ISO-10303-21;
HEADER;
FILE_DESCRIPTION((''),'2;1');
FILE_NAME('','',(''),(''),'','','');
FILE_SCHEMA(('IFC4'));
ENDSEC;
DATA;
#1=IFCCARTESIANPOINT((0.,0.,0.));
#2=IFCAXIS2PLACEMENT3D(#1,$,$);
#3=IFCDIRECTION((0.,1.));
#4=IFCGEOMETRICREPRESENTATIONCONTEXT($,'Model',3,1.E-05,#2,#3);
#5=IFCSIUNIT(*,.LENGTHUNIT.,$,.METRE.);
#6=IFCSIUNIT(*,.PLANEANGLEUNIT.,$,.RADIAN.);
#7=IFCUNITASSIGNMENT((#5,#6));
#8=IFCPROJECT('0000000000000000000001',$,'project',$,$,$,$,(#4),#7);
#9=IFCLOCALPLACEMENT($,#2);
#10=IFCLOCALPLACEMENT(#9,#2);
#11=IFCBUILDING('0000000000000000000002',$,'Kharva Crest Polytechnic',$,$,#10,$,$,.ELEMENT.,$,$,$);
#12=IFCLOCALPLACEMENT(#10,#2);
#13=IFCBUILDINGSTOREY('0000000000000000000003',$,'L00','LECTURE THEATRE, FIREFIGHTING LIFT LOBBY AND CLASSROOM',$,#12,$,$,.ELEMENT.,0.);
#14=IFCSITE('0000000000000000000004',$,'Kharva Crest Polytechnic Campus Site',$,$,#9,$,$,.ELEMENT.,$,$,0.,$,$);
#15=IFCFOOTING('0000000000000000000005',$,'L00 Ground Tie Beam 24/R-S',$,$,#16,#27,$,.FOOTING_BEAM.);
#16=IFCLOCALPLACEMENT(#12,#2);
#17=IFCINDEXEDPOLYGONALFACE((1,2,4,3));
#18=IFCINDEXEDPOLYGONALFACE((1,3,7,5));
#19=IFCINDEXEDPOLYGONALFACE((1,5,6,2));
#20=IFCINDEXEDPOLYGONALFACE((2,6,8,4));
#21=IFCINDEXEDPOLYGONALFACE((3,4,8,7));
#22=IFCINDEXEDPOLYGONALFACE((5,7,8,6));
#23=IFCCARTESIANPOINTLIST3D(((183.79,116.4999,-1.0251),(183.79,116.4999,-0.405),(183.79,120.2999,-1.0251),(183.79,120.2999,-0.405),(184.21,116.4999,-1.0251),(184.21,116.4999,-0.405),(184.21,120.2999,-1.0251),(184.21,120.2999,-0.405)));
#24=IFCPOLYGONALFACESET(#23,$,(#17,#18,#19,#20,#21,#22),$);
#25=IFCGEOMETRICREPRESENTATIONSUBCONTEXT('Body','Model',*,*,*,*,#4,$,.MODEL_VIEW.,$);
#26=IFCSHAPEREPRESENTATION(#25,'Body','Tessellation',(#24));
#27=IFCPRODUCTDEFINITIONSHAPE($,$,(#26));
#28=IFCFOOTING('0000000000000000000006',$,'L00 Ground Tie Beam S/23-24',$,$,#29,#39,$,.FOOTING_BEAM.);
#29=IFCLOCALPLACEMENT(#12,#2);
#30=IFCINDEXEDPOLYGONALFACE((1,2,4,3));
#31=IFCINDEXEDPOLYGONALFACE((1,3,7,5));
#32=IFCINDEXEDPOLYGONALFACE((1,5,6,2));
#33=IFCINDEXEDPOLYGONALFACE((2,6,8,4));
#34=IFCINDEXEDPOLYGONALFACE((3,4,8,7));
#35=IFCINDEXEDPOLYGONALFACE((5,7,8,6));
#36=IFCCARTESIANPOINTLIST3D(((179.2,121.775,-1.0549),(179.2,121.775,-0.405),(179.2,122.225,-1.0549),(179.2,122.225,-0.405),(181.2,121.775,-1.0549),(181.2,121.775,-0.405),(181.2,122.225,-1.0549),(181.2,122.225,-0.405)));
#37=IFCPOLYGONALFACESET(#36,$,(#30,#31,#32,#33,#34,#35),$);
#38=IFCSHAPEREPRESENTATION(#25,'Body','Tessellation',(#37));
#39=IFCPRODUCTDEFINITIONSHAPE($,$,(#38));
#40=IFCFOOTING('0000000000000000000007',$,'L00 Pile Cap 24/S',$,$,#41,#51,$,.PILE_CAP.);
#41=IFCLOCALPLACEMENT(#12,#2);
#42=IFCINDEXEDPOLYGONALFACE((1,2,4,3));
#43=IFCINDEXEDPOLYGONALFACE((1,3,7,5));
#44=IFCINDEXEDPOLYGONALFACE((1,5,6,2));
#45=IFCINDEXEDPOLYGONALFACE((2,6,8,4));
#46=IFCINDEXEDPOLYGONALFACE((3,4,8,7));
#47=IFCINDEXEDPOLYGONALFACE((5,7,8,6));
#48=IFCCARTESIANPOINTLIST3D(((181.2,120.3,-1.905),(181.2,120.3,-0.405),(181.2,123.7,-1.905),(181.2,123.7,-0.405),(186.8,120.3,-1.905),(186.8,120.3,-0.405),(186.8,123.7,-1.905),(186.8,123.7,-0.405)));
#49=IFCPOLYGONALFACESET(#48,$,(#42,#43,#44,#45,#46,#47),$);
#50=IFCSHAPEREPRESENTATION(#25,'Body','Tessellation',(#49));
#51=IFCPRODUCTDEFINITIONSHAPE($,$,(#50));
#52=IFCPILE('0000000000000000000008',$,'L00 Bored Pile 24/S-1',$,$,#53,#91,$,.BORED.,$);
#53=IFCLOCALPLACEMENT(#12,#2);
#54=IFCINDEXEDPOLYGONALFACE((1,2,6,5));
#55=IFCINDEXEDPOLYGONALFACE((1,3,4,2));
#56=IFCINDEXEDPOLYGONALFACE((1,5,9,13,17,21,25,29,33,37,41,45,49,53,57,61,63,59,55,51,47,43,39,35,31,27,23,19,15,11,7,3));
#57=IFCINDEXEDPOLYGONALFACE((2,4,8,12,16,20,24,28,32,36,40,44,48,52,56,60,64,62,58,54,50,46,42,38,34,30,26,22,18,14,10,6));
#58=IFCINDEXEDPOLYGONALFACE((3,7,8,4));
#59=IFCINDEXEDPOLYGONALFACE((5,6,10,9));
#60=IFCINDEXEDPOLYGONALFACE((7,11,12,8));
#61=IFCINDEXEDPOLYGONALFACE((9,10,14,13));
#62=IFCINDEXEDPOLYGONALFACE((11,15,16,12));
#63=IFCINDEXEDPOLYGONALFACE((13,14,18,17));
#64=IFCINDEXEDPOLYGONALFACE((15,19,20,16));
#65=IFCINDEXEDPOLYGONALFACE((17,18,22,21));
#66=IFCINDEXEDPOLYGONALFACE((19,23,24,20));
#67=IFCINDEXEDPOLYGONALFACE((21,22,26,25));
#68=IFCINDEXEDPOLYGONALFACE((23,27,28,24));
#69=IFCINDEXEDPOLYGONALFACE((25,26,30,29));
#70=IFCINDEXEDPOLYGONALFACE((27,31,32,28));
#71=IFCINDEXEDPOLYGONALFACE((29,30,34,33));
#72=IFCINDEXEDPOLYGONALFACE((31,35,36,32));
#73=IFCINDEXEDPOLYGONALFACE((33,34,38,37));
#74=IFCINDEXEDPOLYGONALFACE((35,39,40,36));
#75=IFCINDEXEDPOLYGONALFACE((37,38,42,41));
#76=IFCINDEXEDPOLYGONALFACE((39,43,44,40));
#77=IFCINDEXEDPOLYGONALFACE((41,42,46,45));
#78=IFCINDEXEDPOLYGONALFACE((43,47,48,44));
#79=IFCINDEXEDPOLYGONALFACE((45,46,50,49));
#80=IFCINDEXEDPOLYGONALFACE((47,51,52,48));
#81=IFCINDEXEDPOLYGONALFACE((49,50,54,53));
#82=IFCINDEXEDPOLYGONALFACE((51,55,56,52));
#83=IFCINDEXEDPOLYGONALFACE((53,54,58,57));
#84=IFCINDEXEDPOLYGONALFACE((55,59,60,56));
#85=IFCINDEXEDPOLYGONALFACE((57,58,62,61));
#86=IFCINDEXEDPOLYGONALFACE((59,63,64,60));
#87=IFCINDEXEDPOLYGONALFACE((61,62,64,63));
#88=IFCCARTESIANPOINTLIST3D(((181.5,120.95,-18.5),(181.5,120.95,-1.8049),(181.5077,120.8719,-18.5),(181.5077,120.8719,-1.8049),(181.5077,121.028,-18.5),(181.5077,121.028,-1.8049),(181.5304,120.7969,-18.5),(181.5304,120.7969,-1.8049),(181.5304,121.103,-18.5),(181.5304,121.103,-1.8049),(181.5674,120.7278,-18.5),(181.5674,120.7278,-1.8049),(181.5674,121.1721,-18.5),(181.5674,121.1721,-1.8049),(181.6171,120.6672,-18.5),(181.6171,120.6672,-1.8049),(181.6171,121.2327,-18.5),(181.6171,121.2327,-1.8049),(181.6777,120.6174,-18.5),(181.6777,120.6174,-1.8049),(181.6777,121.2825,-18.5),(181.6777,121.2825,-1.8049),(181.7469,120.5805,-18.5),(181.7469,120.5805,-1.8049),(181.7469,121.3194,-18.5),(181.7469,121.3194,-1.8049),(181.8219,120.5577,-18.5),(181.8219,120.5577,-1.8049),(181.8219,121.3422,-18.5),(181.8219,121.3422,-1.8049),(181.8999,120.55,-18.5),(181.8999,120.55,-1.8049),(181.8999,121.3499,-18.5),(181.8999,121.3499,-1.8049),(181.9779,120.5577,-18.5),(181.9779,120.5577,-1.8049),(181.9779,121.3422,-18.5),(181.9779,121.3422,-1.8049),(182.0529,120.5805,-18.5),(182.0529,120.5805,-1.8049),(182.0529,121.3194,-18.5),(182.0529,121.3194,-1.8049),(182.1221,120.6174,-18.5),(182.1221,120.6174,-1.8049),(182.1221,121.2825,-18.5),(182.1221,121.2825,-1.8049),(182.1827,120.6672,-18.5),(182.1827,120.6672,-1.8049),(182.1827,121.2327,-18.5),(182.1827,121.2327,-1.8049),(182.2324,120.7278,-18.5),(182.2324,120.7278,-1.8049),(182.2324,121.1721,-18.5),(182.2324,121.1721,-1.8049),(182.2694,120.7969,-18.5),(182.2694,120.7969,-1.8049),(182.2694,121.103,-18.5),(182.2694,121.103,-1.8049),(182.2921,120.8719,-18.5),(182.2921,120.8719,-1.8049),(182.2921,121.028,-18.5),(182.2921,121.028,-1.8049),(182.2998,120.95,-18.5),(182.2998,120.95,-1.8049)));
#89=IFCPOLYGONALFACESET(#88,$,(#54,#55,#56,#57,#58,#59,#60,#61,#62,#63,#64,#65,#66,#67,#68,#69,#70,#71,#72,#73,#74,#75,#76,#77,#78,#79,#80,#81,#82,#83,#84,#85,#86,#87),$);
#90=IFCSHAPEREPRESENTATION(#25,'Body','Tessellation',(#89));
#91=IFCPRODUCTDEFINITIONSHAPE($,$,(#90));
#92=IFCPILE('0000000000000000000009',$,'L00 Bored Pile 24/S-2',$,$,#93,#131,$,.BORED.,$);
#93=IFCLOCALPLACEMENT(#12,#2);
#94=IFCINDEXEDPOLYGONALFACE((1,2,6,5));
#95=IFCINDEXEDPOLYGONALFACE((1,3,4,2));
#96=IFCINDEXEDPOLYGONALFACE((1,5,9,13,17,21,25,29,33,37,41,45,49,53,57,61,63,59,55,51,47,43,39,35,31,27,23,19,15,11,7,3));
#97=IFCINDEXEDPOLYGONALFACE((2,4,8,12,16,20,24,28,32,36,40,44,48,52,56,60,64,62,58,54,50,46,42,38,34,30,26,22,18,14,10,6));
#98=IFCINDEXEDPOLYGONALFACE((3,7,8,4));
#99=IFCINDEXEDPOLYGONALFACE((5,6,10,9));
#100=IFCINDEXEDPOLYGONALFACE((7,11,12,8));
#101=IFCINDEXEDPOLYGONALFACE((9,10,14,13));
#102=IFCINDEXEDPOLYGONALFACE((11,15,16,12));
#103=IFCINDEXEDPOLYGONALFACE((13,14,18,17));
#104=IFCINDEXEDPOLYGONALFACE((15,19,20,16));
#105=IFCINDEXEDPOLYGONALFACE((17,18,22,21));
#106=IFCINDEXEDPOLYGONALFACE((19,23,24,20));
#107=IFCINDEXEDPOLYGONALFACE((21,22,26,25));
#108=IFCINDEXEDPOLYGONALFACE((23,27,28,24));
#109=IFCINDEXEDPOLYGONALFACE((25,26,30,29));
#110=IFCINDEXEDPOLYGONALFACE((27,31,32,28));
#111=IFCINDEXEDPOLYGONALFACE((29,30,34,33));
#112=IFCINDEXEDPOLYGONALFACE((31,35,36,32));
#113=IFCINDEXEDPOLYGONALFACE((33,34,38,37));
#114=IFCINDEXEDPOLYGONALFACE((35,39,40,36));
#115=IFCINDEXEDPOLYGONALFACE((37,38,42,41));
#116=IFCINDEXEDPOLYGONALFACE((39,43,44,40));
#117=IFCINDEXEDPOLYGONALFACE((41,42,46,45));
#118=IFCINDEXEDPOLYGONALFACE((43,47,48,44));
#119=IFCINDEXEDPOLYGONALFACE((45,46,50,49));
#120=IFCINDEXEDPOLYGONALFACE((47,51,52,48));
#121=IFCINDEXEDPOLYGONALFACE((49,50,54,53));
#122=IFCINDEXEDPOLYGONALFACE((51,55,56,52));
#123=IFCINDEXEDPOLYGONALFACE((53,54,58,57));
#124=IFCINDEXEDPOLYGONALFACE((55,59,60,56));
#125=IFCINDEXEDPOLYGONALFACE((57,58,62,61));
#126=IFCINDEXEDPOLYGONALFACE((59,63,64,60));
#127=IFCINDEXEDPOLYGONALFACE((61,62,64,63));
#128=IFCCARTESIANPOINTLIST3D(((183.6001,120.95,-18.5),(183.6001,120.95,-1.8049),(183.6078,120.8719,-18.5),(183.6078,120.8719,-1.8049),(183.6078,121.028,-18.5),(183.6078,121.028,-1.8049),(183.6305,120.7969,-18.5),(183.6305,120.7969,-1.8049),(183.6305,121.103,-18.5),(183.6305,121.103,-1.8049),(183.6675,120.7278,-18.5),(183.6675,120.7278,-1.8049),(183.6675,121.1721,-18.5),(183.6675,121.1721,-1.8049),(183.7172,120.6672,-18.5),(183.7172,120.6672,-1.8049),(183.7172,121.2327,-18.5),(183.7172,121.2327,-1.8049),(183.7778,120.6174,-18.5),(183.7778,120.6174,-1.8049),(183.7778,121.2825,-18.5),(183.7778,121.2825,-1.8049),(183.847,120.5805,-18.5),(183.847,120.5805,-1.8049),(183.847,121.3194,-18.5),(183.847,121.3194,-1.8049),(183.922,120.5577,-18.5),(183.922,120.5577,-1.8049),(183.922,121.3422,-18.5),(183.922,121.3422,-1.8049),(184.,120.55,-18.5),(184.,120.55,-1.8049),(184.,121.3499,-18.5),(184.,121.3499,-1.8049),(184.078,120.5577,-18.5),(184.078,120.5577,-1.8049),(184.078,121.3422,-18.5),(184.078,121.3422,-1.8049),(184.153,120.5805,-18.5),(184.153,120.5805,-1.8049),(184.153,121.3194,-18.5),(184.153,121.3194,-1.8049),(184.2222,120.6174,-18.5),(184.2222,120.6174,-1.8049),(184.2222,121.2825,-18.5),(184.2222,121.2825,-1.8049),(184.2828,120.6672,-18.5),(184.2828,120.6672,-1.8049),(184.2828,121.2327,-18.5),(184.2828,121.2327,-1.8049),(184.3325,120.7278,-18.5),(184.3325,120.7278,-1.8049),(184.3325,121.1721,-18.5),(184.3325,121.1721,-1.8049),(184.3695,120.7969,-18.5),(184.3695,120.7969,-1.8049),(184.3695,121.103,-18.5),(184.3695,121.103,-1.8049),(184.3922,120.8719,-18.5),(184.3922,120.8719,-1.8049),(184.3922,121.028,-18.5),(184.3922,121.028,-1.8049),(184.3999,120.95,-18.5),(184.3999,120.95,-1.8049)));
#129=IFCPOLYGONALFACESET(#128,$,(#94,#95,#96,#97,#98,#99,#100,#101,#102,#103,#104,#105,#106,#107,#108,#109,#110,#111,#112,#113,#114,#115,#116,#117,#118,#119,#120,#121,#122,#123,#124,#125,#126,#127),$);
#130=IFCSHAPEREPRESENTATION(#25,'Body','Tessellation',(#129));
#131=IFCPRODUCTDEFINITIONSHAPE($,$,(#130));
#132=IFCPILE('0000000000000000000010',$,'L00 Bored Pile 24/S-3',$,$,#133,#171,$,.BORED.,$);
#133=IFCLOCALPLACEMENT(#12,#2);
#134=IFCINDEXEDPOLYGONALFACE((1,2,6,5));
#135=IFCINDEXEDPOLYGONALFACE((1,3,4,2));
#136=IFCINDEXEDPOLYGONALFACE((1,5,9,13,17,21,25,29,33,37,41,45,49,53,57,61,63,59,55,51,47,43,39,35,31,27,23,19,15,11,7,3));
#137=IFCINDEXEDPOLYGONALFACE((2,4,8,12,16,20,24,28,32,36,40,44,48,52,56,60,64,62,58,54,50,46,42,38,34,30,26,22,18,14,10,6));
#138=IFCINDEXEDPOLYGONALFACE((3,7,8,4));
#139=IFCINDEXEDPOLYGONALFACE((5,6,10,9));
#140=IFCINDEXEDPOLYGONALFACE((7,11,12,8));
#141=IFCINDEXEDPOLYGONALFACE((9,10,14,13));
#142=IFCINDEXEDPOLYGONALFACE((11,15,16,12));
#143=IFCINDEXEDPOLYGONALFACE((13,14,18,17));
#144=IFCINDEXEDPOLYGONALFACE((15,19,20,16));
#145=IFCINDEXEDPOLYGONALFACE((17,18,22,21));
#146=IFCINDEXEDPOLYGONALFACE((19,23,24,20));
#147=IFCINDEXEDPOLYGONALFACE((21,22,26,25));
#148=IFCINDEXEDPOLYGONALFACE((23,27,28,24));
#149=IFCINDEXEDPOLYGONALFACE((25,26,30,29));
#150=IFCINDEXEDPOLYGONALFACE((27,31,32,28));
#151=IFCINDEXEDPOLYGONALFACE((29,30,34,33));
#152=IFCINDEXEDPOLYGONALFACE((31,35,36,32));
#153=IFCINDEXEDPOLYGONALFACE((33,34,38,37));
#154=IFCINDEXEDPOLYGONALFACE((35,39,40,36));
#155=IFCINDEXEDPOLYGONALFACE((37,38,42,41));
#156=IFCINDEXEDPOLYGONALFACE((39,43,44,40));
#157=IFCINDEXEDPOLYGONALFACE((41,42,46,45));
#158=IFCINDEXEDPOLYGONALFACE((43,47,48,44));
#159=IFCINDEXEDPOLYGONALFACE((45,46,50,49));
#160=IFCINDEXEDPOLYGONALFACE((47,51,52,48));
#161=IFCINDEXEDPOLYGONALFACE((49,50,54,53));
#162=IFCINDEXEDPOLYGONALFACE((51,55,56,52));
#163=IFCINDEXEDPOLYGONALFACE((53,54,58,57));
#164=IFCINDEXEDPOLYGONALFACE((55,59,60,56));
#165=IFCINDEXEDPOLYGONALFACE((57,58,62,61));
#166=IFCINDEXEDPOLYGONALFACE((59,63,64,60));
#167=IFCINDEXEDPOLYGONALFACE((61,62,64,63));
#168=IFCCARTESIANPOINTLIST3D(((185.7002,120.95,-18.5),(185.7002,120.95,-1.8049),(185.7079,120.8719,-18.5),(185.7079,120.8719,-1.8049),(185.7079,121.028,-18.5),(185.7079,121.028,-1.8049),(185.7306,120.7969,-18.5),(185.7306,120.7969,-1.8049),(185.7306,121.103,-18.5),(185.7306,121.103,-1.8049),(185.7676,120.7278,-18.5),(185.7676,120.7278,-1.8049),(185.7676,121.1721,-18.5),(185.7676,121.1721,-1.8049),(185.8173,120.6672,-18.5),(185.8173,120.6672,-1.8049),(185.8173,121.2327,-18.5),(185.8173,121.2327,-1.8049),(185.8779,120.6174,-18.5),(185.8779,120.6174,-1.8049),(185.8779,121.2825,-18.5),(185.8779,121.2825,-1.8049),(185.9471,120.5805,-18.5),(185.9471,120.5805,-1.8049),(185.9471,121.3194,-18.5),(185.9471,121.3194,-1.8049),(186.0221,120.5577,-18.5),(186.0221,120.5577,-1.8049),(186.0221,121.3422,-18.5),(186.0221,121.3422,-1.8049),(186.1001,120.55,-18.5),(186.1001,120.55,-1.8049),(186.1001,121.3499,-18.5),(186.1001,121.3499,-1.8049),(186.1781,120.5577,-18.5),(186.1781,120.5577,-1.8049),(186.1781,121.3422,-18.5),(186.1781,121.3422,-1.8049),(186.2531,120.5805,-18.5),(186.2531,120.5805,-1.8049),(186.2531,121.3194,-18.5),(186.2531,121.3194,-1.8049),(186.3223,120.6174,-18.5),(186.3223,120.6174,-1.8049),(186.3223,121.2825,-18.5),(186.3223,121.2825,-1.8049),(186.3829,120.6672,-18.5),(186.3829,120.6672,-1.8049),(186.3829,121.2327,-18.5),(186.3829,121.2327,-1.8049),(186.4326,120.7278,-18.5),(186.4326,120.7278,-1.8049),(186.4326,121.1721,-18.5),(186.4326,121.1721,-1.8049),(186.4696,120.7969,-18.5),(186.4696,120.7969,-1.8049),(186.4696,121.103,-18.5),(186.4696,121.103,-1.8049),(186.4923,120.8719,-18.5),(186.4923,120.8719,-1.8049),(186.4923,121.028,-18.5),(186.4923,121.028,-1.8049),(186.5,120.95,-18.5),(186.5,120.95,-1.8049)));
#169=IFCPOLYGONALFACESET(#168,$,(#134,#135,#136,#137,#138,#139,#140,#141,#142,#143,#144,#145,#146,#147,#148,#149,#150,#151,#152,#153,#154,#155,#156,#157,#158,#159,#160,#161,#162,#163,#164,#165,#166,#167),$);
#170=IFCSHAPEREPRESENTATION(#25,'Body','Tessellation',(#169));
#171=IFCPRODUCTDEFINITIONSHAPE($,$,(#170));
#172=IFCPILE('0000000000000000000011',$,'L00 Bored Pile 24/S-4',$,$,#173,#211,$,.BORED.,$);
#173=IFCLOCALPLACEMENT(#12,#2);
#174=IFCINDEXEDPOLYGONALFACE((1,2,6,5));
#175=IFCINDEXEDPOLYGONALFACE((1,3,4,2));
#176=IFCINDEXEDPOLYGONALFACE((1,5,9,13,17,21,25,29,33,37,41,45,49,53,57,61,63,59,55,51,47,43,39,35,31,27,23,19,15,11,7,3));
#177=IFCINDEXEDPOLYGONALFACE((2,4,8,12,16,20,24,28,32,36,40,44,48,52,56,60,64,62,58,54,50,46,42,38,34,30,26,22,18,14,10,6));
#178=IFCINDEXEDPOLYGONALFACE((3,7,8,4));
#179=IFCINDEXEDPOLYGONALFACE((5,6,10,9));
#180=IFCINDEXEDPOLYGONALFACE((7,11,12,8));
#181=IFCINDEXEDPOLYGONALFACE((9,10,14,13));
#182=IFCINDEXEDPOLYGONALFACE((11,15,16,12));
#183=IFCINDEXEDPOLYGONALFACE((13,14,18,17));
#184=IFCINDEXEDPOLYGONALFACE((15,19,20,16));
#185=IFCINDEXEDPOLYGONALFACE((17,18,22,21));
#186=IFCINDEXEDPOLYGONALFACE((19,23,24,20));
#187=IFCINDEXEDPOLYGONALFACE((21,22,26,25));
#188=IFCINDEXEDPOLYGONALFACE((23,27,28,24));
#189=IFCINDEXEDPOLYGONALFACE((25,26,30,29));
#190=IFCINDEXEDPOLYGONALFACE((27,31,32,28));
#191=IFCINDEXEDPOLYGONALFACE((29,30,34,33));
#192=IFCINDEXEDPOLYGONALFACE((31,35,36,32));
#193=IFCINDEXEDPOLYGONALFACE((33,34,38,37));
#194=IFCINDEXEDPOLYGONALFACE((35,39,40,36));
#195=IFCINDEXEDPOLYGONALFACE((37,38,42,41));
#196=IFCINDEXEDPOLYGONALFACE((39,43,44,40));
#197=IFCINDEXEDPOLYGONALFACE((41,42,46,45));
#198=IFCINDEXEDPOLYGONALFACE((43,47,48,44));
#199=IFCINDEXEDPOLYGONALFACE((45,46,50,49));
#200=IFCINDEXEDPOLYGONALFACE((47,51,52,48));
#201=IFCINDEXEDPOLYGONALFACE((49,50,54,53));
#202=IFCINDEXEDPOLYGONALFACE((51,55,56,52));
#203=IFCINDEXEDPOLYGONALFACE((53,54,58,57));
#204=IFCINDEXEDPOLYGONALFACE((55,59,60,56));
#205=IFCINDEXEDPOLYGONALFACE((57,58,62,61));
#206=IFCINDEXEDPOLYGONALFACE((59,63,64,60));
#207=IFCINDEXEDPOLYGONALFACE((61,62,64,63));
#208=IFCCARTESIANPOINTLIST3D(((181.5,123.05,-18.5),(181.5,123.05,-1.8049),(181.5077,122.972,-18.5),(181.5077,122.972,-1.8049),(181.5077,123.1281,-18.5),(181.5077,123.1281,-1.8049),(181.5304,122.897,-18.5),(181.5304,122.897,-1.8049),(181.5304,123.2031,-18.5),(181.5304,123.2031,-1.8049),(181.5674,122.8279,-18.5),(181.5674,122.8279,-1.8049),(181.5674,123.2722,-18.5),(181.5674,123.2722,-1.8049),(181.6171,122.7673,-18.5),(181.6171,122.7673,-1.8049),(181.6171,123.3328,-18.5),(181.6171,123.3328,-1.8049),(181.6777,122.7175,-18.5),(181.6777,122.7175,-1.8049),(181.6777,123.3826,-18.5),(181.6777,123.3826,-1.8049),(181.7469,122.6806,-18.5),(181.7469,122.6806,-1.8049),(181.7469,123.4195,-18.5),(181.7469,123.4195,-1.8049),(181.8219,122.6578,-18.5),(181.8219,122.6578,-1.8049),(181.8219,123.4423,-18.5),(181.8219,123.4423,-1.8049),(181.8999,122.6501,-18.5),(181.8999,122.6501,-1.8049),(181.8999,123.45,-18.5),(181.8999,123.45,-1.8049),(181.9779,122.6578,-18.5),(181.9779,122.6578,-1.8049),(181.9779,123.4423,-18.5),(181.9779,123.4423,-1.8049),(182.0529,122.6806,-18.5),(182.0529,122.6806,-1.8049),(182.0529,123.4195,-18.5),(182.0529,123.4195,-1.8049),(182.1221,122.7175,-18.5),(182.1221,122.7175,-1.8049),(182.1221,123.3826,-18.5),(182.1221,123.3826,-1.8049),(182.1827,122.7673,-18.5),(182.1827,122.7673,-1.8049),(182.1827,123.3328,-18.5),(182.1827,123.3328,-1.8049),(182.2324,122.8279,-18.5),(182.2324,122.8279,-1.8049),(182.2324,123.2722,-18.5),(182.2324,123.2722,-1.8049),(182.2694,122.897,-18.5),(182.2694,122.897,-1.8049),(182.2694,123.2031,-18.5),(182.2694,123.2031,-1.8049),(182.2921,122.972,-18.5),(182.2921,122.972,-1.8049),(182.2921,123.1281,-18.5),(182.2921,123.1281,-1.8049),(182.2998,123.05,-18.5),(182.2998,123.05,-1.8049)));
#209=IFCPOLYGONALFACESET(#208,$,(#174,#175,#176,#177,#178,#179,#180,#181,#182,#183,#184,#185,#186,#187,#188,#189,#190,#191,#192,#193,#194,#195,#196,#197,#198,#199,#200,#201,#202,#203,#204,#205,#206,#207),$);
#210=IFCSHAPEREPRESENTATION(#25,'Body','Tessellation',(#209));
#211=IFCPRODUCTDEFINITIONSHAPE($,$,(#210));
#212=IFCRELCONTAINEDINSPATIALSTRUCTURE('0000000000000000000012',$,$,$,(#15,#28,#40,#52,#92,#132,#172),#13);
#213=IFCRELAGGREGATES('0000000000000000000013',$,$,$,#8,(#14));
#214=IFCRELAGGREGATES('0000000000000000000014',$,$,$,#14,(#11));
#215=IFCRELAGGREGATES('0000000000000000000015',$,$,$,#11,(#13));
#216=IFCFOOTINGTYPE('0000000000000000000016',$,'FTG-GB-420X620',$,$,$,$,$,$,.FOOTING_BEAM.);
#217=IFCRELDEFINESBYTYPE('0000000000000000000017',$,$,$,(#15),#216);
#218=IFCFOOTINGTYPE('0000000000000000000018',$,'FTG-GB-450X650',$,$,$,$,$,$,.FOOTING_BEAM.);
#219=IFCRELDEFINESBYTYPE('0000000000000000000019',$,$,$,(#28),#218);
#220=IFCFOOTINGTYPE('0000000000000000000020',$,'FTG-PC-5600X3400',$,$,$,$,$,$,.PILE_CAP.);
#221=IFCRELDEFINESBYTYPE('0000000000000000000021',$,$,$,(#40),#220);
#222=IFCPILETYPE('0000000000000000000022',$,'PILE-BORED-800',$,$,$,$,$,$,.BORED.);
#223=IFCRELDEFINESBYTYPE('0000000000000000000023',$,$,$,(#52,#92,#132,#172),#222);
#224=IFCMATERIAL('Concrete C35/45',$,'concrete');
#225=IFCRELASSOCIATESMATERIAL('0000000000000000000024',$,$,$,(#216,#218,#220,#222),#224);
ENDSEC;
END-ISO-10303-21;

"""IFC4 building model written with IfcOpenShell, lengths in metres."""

from ifc_helpers import new_model, si_unit, direction, frame, origin, origin_2d, place, context, subcontext, project, spatial, rectangle, circle, extrude, material, material_profile, profile_set, type_object, element, save


model = new_model("IFC4")

# Units and contexts
model_context = context("Model", 3, precision=1e-05, world=origin(), true_north=direction((0.0, 1.0)))
body_context = subcontext(model_context, "Body", "Model", "MODEL_VIEW")
ifc_project = project(units=[si_unit("LENGTHUNIT", "METRE"), si_unit("PLANEANGLEUNIT", "RADIAN")], contexts=[model_context])

# Site, building, storey
site_placement = place(None, origin())
site = spatial("IfcSite", under=ifc_project, at=site_placement, Name="Kharva Crest Polytechnic Campus Site", CompositionType="ELEMENT", RefElevation=0.0)
building_placement = place(site_placement, origin())
building = spatial("IfcBuilding", under=site, at=building_placement, Name="Kharva Crest Polytechnic", CompositionType="ELEMENT")
storey_placement = place(building_placement, origin())
storey = spatial("IfcBuildingStorey", under=building, at=storey_placement, Name="L00", Description="LECTURE THEATRE, FIREFIGHTING LIFT LOBBY AND CLASSROOM", CompositionType="ELEMENT", Elevation=0.0)

# Footings
ifc_material_1 = material(Name="Concrete C35/45", Category="concrete")
footing_type_1 = type_object("IfcFootingType", Name="FTG-GB-420X620", PredefinedType="FOOTING_BEAM", material=ifc_material_1)
footing_1_placement = place(storey_placement, frame((184.0, 118.3999, -1.0251), z_axis=(0.0, 0.0, 1.0), x_axis=(0.0, 1.0, 0.0)))
element("IfcFooting", 1, at=footing_1_placement, inside=storey, type_object=footing_type_1, Name="L00 Ground Tie Beam 24/R-S", PredefinedType="FOOTING_BEAM", context=body_context, shape_type="SweptSolid", body=[
    extrude(rectangle(XDim=3.8, YDim=0.4199, at=origin_2d()), origin(), (0.0, 0.0, 1.0), 0.6201),
])
footing_type_2 = type_object("IfcFootingType", Name="FTG-GB-450X650", PredefinedType="FOOTING_BEAM", material=ifc_material_1)
footing_2_placement = place(storey_placement, frame((180.2, 122.0, -1.0549), z_axis=(0.0, 0.0, 1.0), x_axis=(1.0, 0.0, 0.0)))
element("IfcFooting", 2, at=footing_2_placement, inside=storey, type_object=footing_type_2, Name="L00 Ground Tie Beam S/23-24", PredefinedType="FOOTING_BEAM", context=body_context, shape_type="SweptSolid", body=[
    extrude(rectangle(XDim=2.0, YDim=0.45, at=origin_2d()), origin(), (0.0, 0.0, 1.0), 0.6499),
])
footing_type_3 = type_object("IfcFootingType", Name="FTG-PC-5600X3400", PredefinedType="PILE_CAP", material=ifc_material_1)
footing_3_placement = place(storey_placement, frame((184.0, 122.0, -1.905), z_axis=(0.0, 0.0, 1.0), x_axis=(1.0, 0.0, 0.0)))
element("IfcFooting", 3, at=footing_3_placement, inside=storey, type_object=footing_type_3, Name="L00 Pile Cap 24/S", PredefinedType="PILE_CAP", context=body_context, shape_type="SweptSolid", body=[
    extrude(rectangle(XDim=5.6001, YDim=3.3999, at=origin_2d()), origin(), (0.0, 0.0, 1.0), 1.5),
])

# Piles
ifc_material_profile_1 = material_profile(ifc_material_1, circle(Radius=0.3999, at=origin_2d()), Name="DIA 800")
ifc_profile_set_1 = profile_set([ifc_material_profile_1], Name="Concrete C35/45")
pile_type = type_object("IfcPileType", Name="PILE-BORED-800", PredefinedType="BORED", material=ifc_profile_set_1)
for number, where, z_axis, x_axis, name in (
    (4, (181.8999, 120.95, -1.8049), (0.0, 0.0, -1.0), (1.0, 0.0, 0.0), "L00 Bored Pile 24/S-1"),
    (5, (184.0, 120.95, -1.8049), (0.0, 0.0, -1.0), (1.0, 0.0, 0.0), "L00 Bored Pile 24/S-2"),
    (6, (186.1001, 120.95, -1.8049), (0.0, 0.0, -1.0), (1.0, 0.0, 0.0), "L00 Bored Pile 24/S-3"),
    (7, (181.8999, 123.05, -1.8049), (0.0, 0.0, -1.0), (1.0, 0.0, 0.0), "L00 Bored Pile 24/S-4"),
):
    element("IfcPile", number, at=place(storey_placement, frame(where, z_axis=z_axis, x_axis=x_axis)), inside=storey, type_object=pile_type, Name=name, PredefinedType="BORED", context=body_context, shape_type="SweptSolid", body=[
        extrude(circle(Radius=0.3999, at=origin_2d()), origin(), (0.0, 0.0, 1.0), 16.6951),
    ])

save(model, "model.ifc")
